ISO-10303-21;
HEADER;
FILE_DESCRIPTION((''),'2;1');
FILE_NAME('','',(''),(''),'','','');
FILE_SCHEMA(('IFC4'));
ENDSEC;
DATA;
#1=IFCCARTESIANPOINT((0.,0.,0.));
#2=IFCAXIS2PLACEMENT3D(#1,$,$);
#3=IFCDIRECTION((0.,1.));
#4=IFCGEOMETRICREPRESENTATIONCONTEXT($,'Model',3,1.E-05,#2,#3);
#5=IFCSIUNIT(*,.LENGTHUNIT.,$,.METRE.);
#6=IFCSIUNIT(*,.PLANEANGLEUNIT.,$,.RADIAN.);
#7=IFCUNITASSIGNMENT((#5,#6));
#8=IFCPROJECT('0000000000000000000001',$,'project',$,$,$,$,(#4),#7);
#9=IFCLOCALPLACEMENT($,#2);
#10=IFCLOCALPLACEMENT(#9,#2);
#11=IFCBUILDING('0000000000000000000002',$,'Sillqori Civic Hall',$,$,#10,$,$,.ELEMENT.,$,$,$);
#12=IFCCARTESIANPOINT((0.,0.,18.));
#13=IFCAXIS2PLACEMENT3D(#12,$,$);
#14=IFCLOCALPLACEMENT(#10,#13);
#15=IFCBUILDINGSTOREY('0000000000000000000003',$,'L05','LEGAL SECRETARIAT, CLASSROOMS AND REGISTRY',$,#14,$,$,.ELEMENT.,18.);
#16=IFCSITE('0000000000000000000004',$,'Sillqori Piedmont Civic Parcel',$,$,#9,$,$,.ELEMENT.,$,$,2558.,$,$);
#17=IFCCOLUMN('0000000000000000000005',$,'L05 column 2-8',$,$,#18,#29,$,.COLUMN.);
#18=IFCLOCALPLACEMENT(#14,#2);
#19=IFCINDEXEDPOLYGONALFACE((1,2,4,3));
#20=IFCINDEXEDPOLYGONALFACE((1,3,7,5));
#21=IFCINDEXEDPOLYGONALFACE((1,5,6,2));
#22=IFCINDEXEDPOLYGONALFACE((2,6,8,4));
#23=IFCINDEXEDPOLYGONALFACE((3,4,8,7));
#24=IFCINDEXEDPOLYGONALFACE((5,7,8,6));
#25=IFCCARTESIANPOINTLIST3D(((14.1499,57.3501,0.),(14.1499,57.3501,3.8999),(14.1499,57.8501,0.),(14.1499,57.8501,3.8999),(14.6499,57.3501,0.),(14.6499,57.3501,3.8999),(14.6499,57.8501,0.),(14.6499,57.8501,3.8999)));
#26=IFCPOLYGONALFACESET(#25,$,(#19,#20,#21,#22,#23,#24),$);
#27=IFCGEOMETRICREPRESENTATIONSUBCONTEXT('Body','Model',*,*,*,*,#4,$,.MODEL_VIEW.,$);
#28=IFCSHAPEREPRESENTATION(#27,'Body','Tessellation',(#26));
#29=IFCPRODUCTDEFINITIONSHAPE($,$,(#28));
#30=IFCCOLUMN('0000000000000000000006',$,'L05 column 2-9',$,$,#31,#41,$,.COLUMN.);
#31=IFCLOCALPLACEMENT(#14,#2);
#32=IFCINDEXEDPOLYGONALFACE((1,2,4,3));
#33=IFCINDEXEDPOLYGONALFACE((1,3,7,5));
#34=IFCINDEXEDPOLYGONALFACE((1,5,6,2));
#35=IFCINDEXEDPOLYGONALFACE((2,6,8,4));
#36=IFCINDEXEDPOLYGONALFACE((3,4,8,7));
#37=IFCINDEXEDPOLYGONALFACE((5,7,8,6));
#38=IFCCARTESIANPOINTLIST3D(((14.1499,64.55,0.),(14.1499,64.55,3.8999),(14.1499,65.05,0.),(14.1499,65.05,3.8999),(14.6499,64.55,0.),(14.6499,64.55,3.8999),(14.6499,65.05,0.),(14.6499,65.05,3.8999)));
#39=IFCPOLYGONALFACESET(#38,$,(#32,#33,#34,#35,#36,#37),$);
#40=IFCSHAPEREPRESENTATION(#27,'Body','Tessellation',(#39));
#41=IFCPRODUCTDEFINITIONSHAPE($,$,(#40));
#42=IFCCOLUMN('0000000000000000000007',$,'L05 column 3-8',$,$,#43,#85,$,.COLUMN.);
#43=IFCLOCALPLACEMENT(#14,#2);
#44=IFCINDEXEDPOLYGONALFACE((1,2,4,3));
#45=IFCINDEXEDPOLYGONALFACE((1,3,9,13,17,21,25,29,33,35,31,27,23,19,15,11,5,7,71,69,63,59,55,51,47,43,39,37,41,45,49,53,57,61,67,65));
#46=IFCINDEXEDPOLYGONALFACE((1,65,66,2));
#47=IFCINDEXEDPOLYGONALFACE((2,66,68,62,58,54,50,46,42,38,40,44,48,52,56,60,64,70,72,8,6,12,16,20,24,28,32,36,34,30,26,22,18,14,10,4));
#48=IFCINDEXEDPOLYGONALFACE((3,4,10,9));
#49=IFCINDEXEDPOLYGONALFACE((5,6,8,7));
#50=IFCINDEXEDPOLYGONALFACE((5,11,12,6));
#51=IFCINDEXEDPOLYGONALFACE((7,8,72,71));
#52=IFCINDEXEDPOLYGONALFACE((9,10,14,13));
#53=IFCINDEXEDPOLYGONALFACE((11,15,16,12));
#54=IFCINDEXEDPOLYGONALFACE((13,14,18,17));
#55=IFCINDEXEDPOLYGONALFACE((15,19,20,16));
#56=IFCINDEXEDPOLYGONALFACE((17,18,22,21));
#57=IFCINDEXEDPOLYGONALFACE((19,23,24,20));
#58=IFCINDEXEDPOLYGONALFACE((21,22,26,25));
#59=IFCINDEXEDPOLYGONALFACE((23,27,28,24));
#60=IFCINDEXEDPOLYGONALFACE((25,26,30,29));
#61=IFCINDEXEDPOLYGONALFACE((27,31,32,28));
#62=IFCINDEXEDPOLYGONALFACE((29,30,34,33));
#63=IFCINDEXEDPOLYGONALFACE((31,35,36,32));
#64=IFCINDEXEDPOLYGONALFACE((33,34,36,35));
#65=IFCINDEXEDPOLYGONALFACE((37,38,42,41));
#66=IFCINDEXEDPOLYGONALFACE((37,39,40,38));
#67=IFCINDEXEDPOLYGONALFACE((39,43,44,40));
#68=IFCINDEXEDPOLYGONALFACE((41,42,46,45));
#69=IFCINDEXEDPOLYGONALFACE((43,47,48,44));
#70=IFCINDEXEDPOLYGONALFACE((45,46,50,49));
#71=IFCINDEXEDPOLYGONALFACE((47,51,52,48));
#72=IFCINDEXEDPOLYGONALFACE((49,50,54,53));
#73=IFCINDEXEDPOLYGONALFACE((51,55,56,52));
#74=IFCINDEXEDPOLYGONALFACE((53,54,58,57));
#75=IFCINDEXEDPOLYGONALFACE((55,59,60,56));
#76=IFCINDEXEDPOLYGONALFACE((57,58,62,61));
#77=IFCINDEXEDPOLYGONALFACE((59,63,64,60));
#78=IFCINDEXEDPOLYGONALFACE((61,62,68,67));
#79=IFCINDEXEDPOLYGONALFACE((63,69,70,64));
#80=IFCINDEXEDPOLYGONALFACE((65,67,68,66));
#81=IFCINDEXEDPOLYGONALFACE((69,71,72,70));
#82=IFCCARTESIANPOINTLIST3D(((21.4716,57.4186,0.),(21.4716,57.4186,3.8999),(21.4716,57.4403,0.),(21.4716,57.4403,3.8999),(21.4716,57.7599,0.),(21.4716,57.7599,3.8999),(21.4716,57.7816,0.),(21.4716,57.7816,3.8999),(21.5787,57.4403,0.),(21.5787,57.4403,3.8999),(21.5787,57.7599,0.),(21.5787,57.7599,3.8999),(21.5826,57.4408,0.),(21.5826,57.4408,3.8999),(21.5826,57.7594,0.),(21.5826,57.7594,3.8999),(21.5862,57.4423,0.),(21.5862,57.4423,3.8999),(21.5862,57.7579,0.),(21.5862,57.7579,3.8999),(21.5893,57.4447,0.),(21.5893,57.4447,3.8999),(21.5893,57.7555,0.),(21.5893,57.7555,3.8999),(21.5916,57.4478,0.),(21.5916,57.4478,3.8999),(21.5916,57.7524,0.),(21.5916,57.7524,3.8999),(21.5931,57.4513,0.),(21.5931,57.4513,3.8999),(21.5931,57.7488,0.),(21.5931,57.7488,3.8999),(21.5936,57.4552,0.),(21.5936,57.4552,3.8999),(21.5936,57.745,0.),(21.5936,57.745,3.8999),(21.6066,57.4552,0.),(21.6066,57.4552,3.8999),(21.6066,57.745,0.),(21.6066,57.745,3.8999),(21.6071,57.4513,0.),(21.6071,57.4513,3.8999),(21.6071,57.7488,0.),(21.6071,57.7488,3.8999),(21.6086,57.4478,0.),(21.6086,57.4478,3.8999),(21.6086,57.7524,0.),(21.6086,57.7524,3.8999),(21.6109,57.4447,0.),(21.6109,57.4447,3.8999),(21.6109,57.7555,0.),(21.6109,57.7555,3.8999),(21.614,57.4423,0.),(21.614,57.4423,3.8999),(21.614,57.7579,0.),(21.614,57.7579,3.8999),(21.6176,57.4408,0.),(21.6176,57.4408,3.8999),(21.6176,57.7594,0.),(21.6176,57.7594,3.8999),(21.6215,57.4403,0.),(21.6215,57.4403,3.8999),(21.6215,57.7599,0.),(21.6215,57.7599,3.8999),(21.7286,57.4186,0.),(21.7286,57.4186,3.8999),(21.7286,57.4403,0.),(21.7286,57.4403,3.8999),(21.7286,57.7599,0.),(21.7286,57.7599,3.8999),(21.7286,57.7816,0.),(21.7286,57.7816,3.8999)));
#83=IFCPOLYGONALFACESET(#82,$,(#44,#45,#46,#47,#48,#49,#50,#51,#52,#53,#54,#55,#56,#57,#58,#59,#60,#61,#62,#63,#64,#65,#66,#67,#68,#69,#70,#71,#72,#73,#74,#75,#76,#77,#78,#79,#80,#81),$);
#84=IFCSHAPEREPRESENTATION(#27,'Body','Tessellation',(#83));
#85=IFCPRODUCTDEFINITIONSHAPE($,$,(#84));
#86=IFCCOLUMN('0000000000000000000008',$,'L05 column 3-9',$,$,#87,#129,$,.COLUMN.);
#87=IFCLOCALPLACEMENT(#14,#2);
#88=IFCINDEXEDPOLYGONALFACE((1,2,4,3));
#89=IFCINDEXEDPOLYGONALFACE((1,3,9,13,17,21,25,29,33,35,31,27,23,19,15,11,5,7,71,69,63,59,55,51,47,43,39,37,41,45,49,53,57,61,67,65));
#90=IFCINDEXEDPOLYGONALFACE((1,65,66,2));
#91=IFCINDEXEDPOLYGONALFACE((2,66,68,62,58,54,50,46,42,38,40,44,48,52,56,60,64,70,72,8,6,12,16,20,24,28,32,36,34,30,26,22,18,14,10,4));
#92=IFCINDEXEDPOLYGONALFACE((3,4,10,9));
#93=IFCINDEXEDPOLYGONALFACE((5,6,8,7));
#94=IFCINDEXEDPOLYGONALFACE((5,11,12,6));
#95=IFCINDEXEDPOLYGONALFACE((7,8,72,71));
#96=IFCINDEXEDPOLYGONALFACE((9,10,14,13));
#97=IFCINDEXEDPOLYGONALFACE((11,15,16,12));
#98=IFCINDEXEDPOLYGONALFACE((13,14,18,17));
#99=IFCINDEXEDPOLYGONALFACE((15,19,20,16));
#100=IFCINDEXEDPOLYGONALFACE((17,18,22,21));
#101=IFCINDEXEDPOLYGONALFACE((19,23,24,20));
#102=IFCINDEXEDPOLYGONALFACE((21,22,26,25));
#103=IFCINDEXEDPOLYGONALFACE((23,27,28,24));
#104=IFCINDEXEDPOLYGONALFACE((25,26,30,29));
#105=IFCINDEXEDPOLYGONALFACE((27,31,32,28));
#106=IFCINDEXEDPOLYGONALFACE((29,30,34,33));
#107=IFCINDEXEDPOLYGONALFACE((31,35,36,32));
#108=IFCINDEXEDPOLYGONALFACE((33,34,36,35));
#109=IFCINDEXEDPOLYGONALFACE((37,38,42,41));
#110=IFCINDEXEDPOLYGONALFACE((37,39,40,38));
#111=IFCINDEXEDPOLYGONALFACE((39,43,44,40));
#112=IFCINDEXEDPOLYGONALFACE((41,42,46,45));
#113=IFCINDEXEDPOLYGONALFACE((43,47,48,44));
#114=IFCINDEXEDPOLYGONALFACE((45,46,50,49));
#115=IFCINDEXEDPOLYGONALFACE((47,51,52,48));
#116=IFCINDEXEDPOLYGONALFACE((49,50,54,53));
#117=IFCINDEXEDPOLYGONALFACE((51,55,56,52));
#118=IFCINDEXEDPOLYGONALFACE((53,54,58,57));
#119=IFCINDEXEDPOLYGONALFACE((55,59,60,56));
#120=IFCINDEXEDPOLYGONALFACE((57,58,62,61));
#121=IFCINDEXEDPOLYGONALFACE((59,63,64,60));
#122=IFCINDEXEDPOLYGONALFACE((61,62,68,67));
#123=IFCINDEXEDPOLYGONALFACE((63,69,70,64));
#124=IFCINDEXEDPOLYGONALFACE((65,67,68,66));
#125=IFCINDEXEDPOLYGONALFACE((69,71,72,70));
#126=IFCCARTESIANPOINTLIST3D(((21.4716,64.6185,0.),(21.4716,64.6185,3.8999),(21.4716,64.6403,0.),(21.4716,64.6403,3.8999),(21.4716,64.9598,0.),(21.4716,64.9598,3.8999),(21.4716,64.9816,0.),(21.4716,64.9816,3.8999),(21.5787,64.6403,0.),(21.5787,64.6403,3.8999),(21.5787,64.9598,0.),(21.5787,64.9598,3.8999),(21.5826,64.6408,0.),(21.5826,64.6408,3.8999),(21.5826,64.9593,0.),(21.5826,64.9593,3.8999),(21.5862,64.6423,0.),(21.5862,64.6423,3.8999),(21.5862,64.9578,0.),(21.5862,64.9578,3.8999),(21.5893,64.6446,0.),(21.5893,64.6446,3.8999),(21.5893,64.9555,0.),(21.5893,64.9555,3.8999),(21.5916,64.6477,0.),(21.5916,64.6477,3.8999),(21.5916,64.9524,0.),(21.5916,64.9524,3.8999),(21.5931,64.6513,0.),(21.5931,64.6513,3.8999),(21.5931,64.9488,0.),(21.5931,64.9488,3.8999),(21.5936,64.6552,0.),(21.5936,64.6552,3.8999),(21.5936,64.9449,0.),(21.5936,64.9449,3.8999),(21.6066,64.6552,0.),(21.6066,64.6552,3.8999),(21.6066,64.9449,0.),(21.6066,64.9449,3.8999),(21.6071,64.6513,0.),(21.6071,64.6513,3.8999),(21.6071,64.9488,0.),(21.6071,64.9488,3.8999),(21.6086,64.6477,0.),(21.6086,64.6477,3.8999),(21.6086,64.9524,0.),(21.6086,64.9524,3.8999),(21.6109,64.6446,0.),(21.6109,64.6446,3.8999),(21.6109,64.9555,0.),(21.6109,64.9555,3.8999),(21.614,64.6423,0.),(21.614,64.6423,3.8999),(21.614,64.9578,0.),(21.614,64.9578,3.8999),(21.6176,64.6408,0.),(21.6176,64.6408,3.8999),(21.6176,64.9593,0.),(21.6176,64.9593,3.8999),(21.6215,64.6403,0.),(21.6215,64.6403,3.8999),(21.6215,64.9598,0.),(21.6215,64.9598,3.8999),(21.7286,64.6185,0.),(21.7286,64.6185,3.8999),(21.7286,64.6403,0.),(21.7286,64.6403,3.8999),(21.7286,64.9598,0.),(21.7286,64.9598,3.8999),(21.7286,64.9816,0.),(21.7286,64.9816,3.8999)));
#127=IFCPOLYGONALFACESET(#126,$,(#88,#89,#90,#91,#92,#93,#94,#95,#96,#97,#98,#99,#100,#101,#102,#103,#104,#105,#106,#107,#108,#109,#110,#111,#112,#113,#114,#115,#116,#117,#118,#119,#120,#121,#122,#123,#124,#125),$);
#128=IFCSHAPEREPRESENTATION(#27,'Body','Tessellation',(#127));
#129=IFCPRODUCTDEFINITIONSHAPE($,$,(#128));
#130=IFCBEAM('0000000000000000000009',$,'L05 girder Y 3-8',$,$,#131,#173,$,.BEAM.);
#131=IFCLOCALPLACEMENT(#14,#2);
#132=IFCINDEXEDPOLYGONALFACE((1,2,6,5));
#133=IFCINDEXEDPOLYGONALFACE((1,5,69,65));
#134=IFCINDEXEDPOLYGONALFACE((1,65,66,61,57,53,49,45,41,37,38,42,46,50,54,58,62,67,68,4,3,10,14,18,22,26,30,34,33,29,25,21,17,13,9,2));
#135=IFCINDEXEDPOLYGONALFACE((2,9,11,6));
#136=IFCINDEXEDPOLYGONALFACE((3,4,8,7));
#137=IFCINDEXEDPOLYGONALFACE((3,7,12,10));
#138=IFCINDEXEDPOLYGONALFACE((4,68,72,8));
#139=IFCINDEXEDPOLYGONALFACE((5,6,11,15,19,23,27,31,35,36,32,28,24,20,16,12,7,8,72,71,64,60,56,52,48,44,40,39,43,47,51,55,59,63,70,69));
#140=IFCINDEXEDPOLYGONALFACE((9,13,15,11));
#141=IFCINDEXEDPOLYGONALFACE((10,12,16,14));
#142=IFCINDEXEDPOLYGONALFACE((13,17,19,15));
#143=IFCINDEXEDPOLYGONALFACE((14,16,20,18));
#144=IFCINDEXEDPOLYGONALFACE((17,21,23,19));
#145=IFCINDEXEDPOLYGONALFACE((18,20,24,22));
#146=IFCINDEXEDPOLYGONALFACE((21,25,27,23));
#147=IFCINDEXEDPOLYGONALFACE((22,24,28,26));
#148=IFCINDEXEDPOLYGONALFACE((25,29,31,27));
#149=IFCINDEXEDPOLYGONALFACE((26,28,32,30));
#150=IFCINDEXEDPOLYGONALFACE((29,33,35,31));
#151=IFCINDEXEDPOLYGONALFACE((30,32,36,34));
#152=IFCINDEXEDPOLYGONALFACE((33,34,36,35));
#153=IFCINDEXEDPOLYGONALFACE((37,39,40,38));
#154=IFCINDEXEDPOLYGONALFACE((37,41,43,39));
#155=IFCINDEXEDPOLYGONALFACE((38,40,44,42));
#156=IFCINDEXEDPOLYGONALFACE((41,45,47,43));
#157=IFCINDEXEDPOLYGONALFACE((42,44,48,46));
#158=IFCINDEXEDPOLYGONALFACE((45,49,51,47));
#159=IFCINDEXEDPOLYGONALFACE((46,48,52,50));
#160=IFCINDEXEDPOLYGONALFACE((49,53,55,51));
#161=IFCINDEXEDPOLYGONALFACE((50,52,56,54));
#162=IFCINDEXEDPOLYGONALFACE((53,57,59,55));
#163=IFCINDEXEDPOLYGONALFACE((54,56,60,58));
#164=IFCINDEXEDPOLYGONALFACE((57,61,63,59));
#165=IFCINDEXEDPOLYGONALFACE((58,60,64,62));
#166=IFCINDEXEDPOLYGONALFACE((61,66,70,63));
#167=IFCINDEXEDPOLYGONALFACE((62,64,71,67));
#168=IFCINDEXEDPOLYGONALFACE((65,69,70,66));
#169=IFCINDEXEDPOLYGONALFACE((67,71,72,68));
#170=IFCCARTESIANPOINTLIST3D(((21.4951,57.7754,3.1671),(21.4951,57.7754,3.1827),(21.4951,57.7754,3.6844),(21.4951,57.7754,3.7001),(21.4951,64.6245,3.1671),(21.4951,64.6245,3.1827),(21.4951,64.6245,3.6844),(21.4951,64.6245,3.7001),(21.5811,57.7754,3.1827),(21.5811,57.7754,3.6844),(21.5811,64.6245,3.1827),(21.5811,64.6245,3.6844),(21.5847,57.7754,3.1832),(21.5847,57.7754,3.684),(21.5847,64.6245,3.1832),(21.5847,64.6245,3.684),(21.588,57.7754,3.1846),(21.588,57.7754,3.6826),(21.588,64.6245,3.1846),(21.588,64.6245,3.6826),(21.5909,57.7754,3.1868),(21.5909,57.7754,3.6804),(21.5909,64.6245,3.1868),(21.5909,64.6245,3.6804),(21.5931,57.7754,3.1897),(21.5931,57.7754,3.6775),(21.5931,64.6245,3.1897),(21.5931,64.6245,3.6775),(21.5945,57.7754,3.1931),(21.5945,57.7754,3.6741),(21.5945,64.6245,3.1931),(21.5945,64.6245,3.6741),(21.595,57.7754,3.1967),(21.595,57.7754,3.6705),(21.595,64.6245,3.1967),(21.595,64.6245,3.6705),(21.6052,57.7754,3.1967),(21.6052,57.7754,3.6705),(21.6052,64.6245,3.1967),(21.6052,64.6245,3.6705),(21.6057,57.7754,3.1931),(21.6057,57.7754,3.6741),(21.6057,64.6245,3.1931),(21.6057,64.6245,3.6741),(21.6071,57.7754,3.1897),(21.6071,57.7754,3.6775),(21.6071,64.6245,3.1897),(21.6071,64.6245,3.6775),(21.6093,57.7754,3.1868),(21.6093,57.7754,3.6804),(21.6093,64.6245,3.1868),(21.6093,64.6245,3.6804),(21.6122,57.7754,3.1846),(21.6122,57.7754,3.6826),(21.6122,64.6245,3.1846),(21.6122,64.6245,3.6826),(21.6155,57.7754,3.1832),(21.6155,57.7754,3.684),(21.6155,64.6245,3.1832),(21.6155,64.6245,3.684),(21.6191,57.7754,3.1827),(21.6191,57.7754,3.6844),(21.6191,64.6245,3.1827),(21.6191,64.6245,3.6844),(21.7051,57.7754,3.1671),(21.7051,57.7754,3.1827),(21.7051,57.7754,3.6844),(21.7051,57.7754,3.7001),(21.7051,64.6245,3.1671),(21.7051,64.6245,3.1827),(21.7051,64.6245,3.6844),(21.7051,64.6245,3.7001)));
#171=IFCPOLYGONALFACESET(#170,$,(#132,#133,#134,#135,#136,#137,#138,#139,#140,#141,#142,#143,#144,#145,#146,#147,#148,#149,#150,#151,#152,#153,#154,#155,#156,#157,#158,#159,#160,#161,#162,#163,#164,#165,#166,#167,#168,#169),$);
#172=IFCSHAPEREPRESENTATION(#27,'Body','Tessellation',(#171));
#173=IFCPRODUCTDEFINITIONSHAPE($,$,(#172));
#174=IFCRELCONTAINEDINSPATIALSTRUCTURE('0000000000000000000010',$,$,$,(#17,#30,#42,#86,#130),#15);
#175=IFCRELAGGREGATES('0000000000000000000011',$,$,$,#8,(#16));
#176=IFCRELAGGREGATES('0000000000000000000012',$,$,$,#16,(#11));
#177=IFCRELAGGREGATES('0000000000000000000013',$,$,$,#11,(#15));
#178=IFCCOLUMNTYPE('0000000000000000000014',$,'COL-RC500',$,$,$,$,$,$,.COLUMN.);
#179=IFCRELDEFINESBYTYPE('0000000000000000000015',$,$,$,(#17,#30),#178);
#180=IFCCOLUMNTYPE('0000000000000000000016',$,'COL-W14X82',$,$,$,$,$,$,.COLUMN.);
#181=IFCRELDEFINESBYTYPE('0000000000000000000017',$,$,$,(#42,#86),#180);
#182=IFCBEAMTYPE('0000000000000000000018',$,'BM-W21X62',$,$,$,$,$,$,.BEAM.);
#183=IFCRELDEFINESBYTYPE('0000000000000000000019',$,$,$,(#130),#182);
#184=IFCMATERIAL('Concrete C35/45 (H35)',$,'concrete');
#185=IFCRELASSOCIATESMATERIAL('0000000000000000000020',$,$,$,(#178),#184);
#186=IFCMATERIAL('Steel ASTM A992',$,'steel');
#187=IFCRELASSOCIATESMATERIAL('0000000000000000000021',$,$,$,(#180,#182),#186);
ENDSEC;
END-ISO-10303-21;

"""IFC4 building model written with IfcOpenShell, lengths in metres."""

from ifc_helpers import new_model, si_unit, direction, frame, origin, origin_2d, place, context, subcontext, project, spatial, rectangle, i_section, extrude, material, material_profile, profile_set, type_object, element, save


model = new_model("IFC4")

# Units and contexts
model_context = context("Model", 3, precision=1e-05, world=origin(), true_north=direction((0.0, 1.0)))
body_context = subcontext(model_context, "Body", "Model", "MODEL_VIEW")
ifc_project = project(units=[si_unit("LENGTHUNIT", "METRE"), si_unit("PLANEANGLEUNIT", "RADIAN")], contexts=[model_context])

# Site, building, storey
site_placement = place(None, origin())
site = spatial("IfcSite", under=ifc_project, at=site_placement, Name="Sillqori Piedmont Civic Parcel", CompositionType="ELEMENT", RefElevation=2558.0)
building_placement = place(site_placement, origin())
building = spatial("IfcBuilding", under=site, at=building_placement, Name="Sillqori Civic Hall", CompositionType="ELEMENT")
storey_placement = place(building_placement, frame((0.0, 0.0, 18.0)))
storey = spatial("IfcBuildingStorey", under=building, at=storey_placement, Name="L05", Description="LEGAL SECRETARIAT, CLASSROOMS AND REGISTRY", CompositionType="ELEMENT", Elevation=18.0)

# Columns
ifc_material_1 = material(Name="Concrete C35/45 (H35)", Category="concrete")
ifc_material_profile_1 = material_profile(ifc_material_1, rectangle(XDim=0.5, YDim=0.5, at=origin_2d()), Name="RC 500x500")
ifc_profile_set_1 = profile_set([ifc_material_profile_1], Name="Concrete C35/45 (H35)")
column_type_1 = type_object("IfcColumnType", Name="COL-RC500", PredefinedType="COLUMN", material=ifc_profile_set_1)
for number, where, z_axis, x_axis, name in (
    (1, (14.3999, 57.6001, 0.0), (0.0, 0.0, 1.0), (1.0, 0.0, 0.0), "L05 column 2-8"),
    (2, (14.3999, 64.8, 0.0), (0.0, 0.0, 1.0), (1.0, 0.0, 0.0), "L05 column 2-9"),
):
    element("IfcColumn", number, at=place(storey_placement, frame(where, z_axis=z_axis, x_axis=x_axis)), inside=storey, type_object=column_type_1, Name=name, PredefinedType="COLUMN", context=body_context, shape_type="SweptSolid", body=[
        extrude(rectangle(XDim=0.5, YDim=0.5, at=origin_2d()), origin(), (0.0, 0.0, 1.0), 3.8999),
    ])
ifc_material_2 = material(Name="Steel ASTM A992", Category="steel")
ifc_material_profile_2 = material_profile(ifc_material_2, i_section(OverallWidth=0.2571, OverallDepth=0.363, WebThickness=0.0129, FlangeThickness=0.0217, FilletRadius=0.0149, at=origin_2d()), Name="W14X82")
ifc_profile_set_2 = profile_set([ifc_material_profile_2], Name="Steel ASTM A992")
column_type_2 = type_object("IfcColumnType", Name="COL-W14X82", PredefinedType="COLUMN", material=ifc_profile_set_2)
for number, where, z_axis, x_axis, name in (
    (3, (21.6001, 57.6001, 0.0), (0.0, 0.0, 1.0), (1.0, 0.0, 0.0), "L05 column 3-8"),
    (4, (21.6001, 64.8, 0.0), (0.0, 0.0, 1.0), (1.0, 0.0, 0.0), "L05 column 3-9"),
):
    element("IfcColumn", number, at=place(storey_placement, frame(where, z_axis=z_axis, x_axis=x_axis)), inside=storey, type_object=column_type_2, Name=name, PredefinedType="COLUMN", context=body_context, shape_type="SweptSolid", body=[
        extrude(i_section(OverallWidth=0.2571, OverallDepth=0.363, WebThickness=0.0129, FlangeThickness=0.0217, FilletRadius=0.0149, at=origin_2d()), origin(), (0.0, 0.0, 1.0), 3.8999),
    ])

# Beam
ifc_material_profile_3 = material_profile(ifc_material_2, i_section(OverallWidth=0.21, OverallDepth=0.533, WebThickness=0.0103, FlangeThickness=0.0156, FilletRadius=0.0139, at=origin_2d()), Name="W21X62")
ifc_profile_set_3 = profile_set([ifc_material_profile_3], Name="Steel ASTM A992")
beam_type_1 = type_object("IfcBeamType", Name="BM-W21X62", PredefinedType="BEAM", material=ifc_profile_set_3)
beam_1_placement = place(storey_placement, frame((21.6001, 57.7754, 3.4336), z_axis=(0.0, 1.0, 0.0), x_axis=(-1.0, 0.0, 0.0)))
element("IfcBeam", 5, at=beam_1_placement, inside=storey, type_object=beam_type_1, Name="L05 girder Y 3-8", PredefinedType="BEAM", context=body_context, shape_type="SweptSolid", body=[
    extrude(i_section(OverallWidth=0.21, OverallDepth=0.533, WebThickness=0.0103, FlangeThickness=0.0156, FilletRadius=0.0139, at=origin_2d()), origin(), (0.0, 0.0, 1.0), 6.8491),
])

save(model, "model.ifc")
